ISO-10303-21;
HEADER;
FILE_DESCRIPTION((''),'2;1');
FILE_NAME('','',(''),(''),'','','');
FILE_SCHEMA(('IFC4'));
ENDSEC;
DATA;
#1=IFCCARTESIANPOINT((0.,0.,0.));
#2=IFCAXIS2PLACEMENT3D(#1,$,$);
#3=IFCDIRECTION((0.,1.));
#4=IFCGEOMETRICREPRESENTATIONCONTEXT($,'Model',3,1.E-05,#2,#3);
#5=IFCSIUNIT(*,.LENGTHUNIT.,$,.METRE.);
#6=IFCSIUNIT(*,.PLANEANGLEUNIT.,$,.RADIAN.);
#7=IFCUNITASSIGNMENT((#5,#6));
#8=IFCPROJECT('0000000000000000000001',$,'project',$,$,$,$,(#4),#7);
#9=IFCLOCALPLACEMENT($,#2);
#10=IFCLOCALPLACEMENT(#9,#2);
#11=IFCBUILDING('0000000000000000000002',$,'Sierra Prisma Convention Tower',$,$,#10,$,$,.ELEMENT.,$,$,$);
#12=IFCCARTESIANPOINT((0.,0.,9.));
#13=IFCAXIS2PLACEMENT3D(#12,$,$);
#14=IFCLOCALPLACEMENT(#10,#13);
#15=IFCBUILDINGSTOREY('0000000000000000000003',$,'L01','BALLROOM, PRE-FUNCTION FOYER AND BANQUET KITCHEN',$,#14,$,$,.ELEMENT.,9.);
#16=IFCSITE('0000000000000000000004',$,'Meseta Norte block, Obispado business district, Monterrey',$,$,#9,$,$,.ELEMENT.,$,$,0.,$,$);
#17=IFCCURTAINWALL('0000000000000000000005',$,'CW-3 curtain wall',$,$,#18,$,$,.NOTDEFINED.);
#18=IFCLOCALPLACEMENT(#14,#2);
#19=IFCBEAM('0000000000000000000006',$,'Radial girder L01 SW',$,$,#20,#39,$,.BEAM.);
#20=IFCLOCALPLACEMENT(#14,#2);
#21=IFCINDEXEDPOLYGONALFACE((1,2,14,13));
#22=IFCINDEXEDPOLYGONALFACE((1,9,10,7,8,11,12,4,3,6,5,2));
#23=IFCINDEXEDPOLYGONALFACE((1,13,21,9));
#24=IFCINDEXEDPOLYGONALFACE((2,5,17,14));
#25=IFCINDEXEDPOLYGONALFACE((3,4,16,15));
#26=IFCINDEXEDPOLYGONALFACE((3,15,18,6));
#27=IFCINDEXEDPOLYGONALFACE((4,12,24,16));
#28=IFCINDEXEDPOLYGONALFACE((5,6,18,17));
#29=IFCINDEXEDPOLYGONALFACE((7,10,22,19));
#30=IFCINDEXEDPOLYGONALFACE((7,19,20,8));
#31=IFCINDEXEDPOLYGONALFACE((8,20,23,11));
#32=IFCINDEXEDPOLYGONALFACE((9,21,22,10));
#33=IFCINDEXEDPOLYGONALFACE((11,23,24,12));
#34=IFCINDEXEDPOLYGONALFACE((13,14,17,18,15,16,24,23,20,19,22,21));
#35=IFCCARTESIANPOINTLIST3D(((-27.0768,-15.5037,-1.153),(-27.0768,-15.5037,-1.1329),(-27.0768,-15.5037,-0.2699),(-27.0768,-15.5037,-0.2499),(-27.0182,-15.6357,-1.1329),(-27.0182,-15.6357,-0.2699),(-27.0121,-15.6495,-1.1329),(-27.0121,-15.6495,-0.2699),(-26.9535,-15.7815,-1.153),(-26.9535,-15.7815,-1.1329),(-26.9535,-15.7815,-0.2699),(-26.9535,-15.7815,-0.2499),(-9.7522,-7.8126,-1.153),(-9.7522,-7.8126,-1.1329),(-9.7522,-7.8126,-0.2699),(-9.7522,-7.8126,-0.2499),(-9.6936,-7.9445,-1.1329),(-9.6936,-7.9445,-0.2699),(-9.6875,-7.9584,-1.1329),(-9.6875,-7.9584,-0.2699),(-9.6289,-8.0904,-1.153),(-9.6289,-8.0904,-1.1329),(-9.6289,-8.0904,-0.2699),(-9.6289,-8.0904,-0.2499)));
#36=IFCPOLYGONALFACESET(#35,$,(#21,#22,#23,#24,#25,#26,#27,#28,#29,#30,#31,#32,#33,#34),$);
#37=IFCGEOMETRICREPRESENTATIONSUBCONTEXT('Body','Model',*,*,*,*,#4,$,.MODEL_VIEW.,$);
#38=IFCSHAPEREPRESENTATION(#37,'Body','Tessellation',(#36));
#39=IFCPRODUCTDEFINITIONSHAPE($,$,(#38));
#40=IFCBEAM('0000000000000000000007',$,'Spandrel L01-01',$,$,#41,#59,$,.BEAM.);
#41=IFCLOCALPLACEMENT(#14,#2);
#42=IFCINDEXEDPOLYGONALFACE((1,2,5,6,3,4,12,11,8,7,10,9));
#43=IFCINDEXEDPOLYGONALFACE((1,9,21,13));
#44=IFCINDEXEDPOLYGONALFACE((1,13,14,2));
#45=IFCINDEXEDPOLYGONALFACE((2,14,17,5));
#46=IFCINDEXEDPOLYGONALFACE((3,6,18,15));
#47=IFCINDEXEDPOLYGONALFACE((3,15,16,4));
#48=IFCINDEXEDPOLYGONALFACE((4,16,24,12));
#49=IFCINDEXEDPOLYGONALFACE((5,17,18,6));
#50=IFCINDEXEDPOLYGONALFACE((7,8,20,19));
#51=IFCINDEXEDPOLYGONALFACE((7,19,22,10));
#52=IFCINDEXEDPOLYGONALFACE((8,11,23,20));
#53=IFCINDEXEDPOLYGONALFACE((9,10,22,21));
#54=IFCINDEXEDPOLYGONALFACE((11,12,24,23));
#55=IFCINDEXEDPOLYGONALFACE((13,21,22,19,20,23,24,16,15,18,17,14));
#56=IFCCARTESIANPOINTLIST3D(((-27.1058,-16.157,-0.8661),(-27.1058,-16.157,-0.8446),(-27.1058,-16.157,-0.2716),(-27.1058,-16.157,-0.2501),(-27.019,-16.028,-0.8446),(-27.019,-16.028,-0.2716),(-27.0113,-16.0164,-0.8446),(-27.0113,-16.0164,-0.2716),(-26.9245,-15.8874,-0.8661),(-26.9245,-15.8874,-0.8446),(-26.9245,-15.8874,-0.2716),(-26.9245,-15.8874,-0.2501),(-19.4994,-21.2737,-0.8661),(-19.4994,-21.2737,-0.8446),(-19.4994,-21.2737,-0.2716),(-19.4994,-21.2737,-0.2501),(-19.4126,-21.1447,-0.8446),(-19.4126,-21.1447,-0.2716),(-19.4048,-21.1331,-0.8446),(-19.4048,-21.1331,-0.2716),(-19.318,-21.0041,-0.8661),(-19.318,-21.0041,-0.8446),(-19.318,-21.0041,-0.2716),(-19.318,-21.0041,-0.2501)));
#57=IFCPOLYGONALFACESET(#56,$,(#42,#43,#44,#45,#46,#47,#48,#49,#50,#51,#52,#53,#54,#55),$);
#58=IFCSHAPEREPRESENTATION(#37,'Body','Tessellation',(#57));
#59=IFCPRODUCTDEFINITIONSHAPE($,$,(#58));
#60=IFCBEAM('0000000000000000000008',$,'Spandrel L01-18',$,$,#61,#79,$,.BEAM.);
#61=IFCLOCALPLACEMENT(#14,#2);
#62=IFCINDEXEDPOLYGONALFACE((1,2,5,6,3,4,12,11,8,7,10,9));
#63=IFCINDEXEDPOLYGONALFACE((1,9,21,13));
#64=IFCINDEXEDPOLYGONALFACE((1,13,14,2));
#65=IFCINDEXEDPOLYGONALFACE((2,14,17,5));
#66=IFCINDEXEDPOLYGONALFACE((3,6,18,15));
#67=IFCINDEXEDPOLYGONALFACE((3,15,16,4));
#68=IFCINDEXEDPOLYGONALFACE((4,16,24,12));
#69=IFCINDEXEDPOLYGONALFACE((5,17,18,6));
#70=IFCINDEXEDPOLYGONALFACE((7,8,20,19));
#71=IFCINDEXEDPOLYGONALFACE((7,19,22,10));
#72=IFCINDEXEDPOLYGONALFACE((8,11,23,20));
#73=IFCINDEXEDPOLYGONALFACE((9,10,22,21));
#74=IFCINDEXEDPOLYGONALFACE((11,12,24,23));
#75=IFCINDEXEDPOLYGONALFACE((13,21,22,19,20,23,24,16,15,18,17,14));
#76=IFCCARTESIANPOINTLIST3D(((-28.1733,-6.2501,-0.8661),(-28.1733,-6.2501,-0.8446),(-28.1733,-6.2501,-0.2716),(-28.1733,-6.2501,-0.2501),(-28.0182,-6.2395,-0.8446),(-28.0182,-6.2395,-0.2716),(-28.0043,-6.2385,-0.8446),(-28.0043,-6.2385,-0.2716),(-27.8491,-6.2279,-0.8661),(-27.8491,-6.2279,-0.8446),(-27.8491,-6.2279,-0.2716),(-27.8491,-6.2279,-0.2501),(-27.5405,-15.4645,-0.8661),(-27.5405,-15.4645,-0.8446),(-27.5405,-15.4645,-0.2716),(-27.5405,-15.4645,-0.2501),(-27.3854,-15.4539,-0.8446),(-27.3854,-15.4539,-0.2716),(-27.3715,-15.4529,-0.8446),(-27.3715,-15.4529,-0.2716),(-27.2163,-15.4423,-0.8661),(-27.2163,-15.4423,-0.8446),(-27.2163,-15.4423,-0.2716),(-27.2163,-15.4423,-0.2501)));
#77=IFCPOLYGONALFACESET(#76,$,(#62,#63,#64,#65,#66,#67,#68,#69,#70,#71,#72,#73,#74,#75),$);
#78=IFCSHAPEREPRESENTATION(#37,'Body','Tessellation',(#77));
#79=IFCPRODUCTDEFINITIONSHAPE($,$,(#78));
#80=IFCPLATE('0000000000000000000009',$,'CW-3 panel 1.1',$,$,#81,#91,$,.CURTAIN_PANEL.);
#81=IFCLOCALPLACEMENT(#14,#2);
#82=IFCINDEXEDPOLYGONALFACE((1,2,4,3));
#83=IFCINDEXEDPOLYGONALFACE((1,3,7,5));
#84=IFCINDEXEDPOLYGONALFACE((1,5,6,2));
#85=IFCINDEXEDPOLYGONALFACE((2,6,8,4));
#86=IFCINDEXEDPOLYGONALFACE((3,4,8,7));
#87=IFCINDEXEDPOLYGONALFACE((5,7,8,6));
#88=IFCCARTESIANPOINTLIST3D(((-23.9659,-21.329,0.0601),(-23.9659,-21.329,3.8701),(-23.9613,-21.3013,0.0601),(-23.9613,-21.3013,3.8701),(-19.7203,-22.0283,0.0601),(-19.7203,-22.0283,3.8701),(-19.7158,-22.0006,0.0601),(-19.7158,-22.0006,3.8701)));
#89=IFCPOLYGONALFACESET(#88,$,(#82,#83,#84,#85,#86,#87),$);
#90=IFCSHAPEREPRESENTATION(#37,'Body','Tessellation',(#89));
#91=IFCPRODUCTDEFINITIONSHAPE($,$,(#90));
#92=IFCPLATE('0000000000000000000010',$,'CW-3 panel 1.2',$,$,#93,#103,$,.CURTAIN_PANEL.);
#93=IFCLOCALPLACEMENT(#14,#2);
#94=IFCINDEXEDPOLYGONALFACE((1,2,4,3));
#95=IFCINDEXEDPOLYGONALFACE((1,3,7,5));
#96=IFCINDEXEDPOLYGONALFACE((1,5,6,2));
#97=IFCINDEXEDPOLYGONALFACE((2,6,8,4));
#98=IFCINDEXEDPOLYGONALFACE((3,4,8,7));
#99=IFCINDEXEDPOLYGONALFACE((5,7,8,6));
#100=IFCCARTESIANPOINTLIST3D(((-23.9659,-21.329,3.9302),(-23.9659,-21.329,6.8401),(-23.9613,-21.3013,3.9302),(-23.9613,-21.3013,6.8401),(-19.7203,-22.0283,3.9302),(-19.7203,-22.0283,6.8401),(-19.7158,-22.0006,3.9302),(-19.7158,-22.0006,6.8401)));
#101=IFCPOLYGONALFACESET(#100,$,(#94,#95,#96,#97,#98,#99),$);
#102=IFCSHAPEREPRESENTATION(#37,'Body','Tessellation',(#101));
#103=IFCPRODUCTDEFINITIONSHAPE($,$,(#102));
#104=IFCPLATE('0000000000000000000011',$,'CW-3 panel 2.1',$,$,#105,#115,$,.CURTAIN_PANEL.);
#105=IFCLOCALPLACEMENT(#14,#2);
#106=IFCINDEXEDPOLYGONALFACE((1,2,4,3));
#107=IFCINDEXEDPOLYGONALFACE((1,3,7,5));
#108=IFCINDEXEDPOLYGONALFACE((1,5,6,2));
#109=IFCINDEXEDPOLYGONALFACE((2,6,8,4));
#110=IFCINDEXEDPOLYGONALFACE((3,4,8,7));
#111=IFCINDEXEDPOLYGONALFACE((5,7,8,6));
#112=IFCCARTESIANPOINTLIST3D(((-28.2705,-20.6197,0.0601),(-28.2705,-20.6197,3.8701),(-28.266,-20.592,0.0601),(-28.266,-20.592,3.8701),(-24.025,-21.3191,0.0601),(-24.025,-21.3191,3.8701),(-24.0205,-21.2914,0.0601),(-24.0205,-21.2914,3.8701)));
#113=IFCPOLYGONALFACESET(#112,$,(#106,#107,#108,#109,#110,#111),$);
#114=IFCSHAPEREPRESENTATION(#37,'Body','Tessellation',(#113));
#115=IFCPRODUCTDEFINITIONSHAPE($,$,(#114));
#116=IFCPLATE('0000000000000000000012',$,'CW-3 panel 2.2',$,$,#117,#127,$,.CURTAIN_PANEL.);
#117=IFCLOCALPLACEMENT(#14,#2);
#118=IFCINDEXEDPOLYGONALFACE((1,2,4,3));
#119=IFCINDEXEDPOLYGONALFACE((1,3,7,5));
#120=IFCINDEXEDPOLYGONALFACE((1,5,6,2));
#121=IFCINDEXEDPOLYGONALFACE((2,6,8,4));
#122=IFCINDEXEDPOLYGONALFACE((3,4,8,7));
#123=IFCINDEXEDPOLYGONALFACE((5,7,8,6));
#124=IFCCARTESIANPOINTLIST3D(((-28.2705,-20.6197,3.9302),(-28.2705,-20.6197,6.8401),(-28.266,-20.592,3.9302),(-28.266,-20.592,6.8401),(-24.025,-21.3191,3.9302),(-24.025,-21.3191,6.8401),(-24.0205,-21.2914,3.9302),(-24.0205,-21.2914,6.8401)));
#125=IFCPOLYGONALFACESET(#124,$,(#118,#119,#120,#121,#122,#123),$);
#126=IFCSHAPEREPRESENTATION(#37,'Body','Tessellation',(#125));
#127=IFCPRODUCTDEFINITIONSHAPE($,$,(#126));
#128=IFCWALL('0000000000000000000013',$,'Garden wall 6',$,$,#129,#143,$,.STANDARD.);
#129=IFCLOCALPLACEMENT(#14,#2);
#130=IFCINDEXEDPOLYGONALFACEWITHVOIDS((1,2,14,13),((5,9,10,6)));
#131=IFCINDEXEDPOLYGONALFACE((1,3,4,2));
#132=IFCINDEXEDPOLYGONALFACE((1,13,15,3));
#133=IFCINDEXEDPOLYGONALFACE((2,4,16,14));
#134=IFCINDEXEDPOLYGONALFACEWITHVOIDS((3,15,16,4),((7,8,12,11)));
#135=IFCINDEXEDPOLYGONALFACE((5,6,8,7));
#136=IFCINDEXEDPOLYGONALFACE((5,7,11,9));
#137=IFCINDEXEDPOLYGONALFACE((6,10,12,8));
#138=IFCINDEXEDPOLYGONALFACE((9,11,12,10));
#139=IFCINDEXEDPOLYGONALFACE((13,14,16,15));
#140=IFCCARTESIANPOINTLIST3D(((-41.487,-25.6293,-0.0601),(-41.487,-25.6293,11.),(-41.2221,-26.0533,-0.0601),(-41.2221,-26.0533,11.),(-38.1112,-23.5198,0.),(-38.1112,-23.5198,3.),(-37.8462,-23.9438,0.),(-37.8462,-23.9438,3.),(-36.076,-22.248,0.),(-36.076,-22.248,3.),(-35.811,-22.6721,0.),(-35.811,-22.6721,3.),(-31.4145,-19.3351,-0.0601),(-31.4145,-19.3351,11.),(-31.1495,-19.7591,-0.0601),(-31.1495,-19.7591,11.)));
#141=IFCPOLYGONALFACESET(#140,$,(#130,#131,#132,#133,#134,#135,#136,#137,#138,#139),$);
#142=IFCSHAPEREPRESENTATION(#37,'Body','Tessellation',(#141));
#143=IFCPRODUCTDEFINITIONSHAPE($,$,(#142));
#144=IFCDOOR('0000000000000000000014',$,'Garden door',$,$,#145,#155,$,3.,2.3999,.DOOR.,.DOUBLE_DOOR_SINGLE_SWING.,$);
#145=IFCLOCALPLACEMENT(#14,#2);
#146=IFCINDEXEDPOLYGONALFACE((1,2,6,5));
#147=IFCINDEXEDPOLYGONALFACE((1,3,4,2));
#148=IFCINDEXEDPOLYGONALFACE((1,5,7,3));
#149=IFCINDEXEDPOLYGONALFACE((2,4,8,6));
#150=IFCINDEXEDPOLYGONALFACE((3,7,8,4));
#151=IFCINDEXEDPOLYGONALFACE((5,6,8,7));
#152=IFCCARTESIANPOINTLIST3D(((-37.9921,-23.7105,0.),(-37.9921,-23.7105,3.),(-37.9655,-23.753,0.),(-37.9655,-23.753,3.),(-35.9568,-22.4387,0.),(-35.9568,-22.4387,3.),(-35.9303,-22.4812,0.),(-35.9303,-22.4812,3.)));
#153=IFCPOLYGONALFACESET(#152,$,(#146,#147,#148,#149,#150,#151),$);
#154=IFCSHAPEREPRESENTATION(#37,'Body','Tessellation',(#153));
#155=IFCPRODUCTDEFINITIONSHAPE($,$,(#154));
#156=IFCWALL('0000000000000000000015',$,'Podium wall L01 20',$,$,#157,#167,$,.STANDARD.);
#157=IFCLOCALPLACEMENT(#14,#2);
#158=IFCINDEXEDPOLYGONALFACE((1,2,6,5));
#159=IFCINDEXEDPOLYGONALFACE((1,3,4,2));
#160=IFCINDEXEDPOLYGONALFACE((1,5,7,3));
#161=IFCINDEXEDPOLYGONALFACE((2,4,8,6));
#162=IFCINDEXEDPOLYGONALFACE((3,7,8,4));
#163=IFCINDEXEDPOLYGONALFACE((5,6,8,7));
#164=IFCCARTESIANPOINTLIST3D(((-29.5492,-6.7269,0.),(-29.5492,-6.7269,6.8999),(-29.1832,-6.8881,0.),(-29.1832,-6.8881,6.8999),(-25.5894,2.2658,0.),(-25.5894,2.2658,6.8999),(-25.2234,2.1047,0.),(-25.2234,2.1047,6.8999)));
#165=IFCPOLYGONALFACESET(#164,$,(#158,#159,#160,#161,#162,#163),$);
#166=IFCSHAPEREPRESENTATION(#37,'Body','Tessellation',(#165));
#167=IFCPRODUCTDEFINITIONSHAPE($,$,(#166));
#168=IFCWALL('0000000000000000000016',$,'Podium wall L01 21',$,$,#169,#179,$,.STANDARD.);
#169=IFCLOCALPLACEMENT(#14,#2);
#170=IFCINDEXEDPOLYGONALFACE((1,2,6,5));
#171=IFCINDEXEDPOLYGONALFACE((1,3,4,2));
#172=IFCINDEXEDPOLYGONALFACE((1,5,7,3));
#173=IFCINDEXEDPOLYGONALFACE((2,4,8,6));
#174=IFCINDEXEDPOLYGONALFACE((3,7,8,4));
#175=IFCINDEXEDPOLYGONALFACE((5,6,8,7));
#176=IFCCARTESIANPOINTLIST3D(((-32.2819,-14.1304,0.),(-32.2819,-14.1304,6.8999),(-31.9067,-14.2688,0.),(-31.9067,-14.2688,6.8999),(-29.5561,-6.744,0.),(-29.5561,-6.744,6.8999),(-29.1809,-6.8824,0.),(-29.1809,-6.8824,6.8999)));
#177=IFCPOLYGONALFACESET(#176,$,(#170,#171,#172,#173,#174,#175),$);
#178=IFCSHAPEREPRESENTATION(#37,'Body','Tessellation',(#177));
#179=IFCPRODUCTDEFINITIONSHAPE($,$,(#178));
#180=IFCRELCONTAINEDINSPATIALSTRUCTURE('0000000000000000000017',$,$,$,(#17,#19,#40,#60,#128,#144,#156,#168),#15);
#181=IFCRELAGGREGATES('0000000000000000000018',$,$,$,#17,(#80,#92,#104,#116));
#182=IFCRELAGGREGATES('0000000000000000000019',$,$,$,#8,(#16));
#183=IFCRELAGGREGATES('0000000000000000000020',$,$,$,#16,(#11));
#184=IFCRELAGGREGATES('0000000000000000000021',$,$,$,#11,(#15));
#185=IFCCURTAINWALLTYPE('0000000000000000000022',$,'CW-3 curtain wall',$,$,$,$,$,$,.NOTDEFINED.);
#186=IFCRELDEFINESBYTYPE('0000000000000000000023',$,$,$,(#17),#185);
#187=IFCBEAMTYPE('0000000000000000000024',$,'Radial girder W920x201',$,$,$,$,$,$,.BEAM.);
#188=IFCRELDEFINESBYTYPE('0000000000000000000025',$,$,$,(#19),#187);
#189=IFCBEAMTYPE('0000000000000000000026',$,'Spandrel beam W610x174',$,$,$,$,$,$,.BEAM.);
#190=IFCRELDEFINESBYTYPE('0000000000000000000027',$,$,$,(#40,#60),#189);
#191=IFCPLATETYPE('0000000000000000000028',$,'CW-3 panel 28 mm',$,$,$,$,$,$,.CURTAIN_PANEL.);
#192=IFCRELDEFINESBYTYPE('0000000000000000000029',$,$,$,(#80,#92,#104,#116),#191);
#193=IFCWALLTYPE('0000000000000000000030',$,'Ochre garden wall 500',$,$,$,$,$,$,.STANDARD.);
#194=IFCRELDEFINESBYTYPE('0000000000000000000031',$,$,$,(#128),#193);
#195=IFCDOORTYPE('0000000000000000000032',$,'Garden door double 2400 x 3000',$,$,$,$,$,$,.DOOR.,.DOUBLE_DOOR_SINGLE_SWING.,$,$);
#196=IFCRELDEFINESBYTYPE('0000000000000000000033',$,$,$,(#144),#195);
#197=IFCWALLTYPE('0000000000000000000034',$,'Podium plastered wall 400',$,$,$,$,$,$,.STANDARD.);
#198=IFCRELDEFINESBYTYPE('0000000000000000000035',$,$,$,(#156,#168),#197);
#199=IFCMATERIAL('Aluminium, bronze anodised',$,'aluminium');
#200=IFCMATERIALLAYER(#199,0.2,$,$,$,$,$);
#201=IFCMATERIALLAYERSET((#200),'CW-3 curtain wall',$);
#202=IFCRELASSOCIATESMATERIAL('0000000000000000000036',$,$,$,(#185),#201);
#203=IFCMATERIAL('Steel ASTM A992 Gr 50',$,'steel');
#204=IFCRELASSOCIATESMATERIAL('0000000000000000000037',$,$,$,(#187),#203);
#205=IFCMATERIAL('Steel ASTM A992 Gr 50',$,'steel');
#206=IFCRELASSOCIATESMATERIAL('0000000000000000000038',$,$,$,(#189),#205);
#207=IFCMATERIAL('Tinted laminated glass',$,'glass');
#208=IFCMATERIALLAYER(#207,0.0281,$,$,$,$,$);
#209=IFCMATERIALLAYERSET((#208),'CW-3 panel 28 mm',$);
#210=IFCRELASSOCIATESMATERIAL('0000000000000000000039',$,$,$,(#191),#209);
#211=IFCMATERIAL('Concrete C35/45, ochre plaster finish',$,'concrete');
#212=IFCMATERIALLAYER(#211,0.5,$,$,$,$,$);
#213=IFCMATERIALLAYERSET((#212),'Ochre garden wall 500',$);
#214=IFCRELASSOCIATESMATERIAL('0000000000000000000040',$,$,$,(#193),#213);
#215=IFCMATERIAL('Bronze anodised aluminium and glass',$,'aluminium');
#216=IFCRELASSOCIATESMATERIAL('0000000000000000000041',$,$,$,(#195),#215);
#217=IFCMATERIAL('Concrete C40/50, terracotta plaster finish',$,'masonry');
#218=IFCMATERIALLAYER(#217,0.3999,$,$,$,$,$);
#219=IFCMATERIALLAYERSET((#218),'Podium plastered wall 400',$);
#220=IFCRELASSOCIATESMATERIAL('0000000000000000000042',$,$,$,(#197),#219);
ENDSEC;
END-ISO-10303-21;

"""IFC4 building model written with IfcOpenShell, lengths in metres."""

from ifc_helpers import new_model, si_unit, direction, frame, frame_2d, origin, origin_2d, place, context, subcontext, project, spatial, rectangle, i_section, extrude, material, layer, layer_set, material_profile, profile_set, type_object, element, fill, aggregate, save


model = new_model("IFC4")

# Units and contexts
model_context = context("Model", 3, precision=1e-05, world=origin(), true_north=direction((0.0, 1.0)))
body_context = subcontext(model_context, "Body", "Model", "MODEL_VIEW")
ifc_project = project(units=[si_unit("LENGTHUNIT", "METRE"), si_unit("PLANEANGLEUNIT", "RADIAN")], contexts=[model_context])

# Site, building, storey
site_placement = place(None, origin())
site = spatial("IfcSite", under=ifc_project, at=site_placement, Name="Meseta Norte block, Obispado business district, Monterrey", CompositionType="ELEMENT", RefElevation=0.0)
building_placement = place(site_placement, origin())
building = spatial("IfcBuilding", under=site, at=building_placement, Name="Sierra Prisma Convention Tower", CompositionType="ELEMENT")
storey_placement = place(building_placement, frame((0.0, 0.0, 9.0)))
storey = spatial("IfcBuildingStorey", under=building, at=storey_placement, Name="L01", Description="BALLROOM, PRE-FUNCTION FOYER AND BANQUET KITCHEN", CompositionType="ELEMENT", Elevation=9.0)

# Curtain wall
ifc_material_1 = material(Name="Aluminium, bronze anodised", Category="aluminium")
ifc_layer_1 = layer(ifc_material_1, 0.2)
ifc_layer_set_1 = layer_set([ifc_layer_1], Name="CW-3 curtain wall")
curtain_wall_type = type_object("IfcCurtainWallType", Name="CW-3 curtain wall", PredefinedType="NOTDEFINED", material=ifc_layer_set_1)
curtain_wall_placement = place(storey_placement, origin())
curtain_wall = element("IfcCurtainWall", 1, at=curtain_wall_placement, inside=storey, type_object=curtain_wall_type, Name="CW-3 curtain wall", PredefinedType="NOTDEFINED")

# Beams
ifc_material_2 = material(Name="Steel ASTM A992 Gr 50", Category="steel")
ifc_material_profile_1 = material_profile(ifc_material_2, i_section(OverallWidth=0.304, OverallDepth=0.9031, WebThickness=0.0151, FlangeThickness=0.02, at=origin_2d()), Name="W920x201")
ifc_profile_set_1 = profile_set([ifc_material_profile_1], Name="Steel ASTM A992 Gr 50")
beam_type_1 = type_object("IfcBeamType", Name="Radial girder W920x201", PredefinedType="BEAM", material=ifc_profile_set_1)
beam_1_placement = place(storey_placement, frame((-27.0151, -15.6426, -0.7014), z_axis=(0.913982, 0.405755, 0.0), x_axis=(-0.405755, 0.913982, 0.0)))
element("IfcBeam", 2, at=beam_1_placement, inside=storey, type_object=beam_type_1, Name="Radial girder L01 SW", PredefinedType="BEAM", context=body_context, shape_type="SweptSolid", body=[
    extrude(i_section(OverallWidth=0.304, OverallDepth=0.9031, WebThickness=0.0151, FlangeThickness=0.02, at=origin_2d()), origin(), (0.0, 0.0, 1.0), 18.9551),
])
ifc_material_3 = material(Name="Steel ASTM A992 Gr 50", Category="steel")
ifc_material_profile_2 = material_profile(ifc_material_3, i_section(OverallWidth=0.325, OverallDepth=0.616, WebThickness=0.0139, FlangeThickness=0.0215, at=origin_2d()), Name="W610x174")
ifc_profile_set_2 = profile_set([ifc_material_profile_2], Name="Steel ASTM A992 Gr 50")
beam_type_2 = type_object("IfcBeamType", Name="Spandrel beam W610x174", PredefinedType="BEAM", material=ifc_profile_set_2)
beam_2_placement = place(storey_placement, frame((-27.0151, -16.0222, -0.5581), z_axis=(0.82974, -0.558149, 0.0), x_axis=(0.558149, 0.82974, 0.0)))
element("IfcBeam", 3, at=beam_2_placement, inside=storey, type_object=beam_type_2, Name="Spandrel L01-01", PredefinedType="BEAM", context=body_context, shape_type="SweptSolid", body=[
    extrude(i_section(OverallWidth=0.325, OverallDepth=0.616, WebThickness=0.0139, FlangeThickness=0.0215, at=origin_2d()), origin(), (0.0, 0.0, 1.0), 9.1672),
])
beam_3_placement = place(storey_placement, frame((-28.0112, -6.239, -0.5581), z_axis=(0.068515, -0.99765, 0.0), x_axis=(0.99765, 0.068515, 0.0)))
element("IfcBeam", 4, at=beam_3_placement, inside=storey, type_object=beam_type_2, Name="Spandrel L01-18", PredefinedType="BEAM", context=body_context, shape_type="SweptSolid", body=[
    extrude(i_section(OverallWidth=0.325, OverallDepth=0.616, WebThickness=0.0139, FlangeThickness=0.0215, at=origin_2d()), origin(), (0.0, 0.0, 1.0), 9.2361),
])

# Plates
ifc_material_4 = material(Name="Tinted laminated glass", Category="glass")
ifc_layer_2 = layer(ifc_material_4, 0.0281)
ifc_layer_set_2 = layer_set([ifc_layer_2], Name="CW-3 panel 28 mm")
plate_type = type_object("IfcPlateType", Name="CW-3 panel 28 mm", PredefinedType="CURTAIN_PANEL", material=ifc_layer_set_2)
plate_1_placement = place(storey_placement, frame((-21.8408, -21.6648, 0.0601), z_axis=(0.0, 0.0, 1.0), x_axis=(-0.986702, 0.162542, 0.0)))
plate_1 = element("IfcPlate", 5, at=plate_1_placement, type_object=plate_type, Name="CW-3 panel 1.1", PredefinedType="CURTAIN_PANEL", context=body_context, shape_type="SweptSolid", body=[
    extrude(rectangle(XDim=4.3027, YDim=0.0281, at=origin_2d()), origin(), (0.0, 0.0, 1.0), 3.8101),
])
plate_2_placement = place(storey_placement, frame((-21.8408, -21.6648, 3.9302), z_axis=(0.0, 0.0, 1.0), x_axis=(-0.986702, 0.162542, 0.0)))
plate_2 = element("IfcPlate", 6, at=plate_2_placement, type_object=plate_type, Name="CW-3 panel 1.2", PredefinedType="CURTAIN_PANEL", context=body_context, shape_type="SweptSolid", body=[
    extrude(rectangle(XDim=4.3027, YDim=0.0281, at=origin_2d()), origin(), (0.0, 0.0, 1.0), 2.9099),
])
plate_3_placement = place(storey_placement, frame((-26.1455, -20.9556, 0.0601), z_axis=(0.0, 0.0, 1.0), x_axis=(-0.986702, 0.162542, 0.0)))
plate_3 = element("IfcPlate", 7, at=plate_3_placement, type_object=plate_type, Name="CW-3 panel 2.1", PredefinedType="CURTAIN_PANEL", context=body_context, shape_type="SweptSolid", body=[
    extrude(rectangle(XDim=4.3027, YDim=0.0281, at=origin_2d()), origin(), (0.0, 0.0, 1.0), 3.8101),
])
plate_4_placement = place(storey_placement, frame((-26.1455, -20.9556, 3.9302), z_axis=(0.0, 0.0, 1.0), x_axis=(-0.986702, 0.162542, 0.0)))
plate_4 = element("IfcPlate", 8, at=plate_4_placement, type_object=plate_type, Name="CW-3 panel 2.2", PredefinedType="CURTAIN_PANEL", context=body_context, shape_type="SweptSolid", body=[
    extrude(rectangle(XDim=4.3027, YDim=0.0281, at=origin_2d()), origin(), (0.0, 0.0, 1.0), 2.9099),
])
aggregate(curtain_wall, [plate_1, plate_2, plate_3, plate_4])

# Wall, opening, door
ifc_material_5 = material(Name="Concrete C35/45, ochre plaster finish", Category="concrete")
ifc_layer_3 = layer(ifc_material_5, 0.5)
ifc_layer_set_3 = layer_set([ifc_layer_3], Name="Ochre garden wall 500")
wall_type_1 = type_object("IfcWallType", Name="Ochre garden wall 500", PredefinedType="STANDARD", material=ifc_layer_set_3)
wall_1_placement = place(storey_placement, frame((-31.282, -19.5471, -0.0601), z_axis=(0.0, 0.0, 1.0), x_axis=(-0.848041, -0.529931, 0.0)))
wall_1 = element("IfcWall", 9, at=wall_1_placement, inside=storey, type_object=wall_type_1, Name="Garden wall 6", PredefinedType="STANDARD", context=body_context, shape_type="SweptSolid", body=[
    extrude(rectangle(XDim=11.8774, YDim=0.5, at=frame_2d((5.9387, 0.0))), origin(), (0.0, 0.0, 1.0), 11.0601),
])
opening_1_placement = place(wall_1_placement, frame((5.4968, 0.0, 0.0601)))
opening_1 = element("IfcOpeningElement", 10, at=opening_1_placement, cuts=wall_1, PredefinedType="OPENING", context=body_context, shape_type="SweptSolid", body=[
    extrude(rectangle(XDim=2.3999, YDim=3.0, at=frame_2d((1.2, 1.5))), frame((0.0, 0.25, 0.0), z_axis=(0.0, -1.0, 0.0), x_axis=(1.0, 0.0, 0.0)), (0.0, 0.0, 1.0), 0.5),
])
ifc_material_6 = material(Name="Bronze anodised aluminium and glass", Category="aluminium")
door_type_1 = type_object("IfcDoorType", Name="Garden door double 2400 x 3000", OperationType="DOUBLE_DOOR_SINGLE_SWING", PredefinedType="DOOR", material=ifc_material_6)
door_1_placement = place(opening_1_placement, origin())
door_1 = element("IfcDoor", 11, at=door_1_placement, inside=storey, type_object=door_type_1, Name="Garden door", OperationType="DOUBLE_DOOR_SINGLE_SWING", OverallHeight=3.0, OverallWidth=2.3999, PredefinedType="DOOR", context=body_context, shape_type="SweptSolid", body=[
    extrude(rectangle(XDim=2.3999, YDim=3.0, at=frame_2d((1.2, 1.5))), frame((0.0, 0.0249, 0.0), z_axis=(0.0, -1.0, 0.0), x_axis=(1.0, 0.0, 0.0)), (0.0, 0.0, 1.0), 0.05),
])
fill(opening_1, door_1)

# Walls
ifc_material_7 = material(Name="Concrete C40/50, terracotta plaster finish", Category="masonry")
ifc_layer_4 = layer(ifc_material_7, 0.3999)
ifc_layer_set_4 = layer_set([ifc_layer_4], Name="Podium plastered wall 400")
wall_type_2 = type_object("IfcWallType", Name="Podium plastered wall 400", PredefinedType="STANDARD", material=ifc_layer_set_4)
wall_2_placement = place(storey_placement, frame((-29.3662, -6.8076, 0.0), z_axis=(0.0, 0.0, 1.0), x_axis=(0.402989, 0.915205, 0.0)))
element("IfcWall", 12, at=wall_2_placement, inside=storey, type_object=wall_type_2, Name="Podium wall L01 20", PredefinedType="STANDARD", context=body_context, shape_type="SweptSolid", body=[
    extrude(rectangle(XDim=9.8259, YDim=0.3999, at=frame_2d((4.9131, 0.0))), origin(), (0.0, 0.0, 1.0), 6.8999),
])
wall_3_placement = place(storey_placement, frame((-32.0942, -14.1995, 0.0), z_axis=(0.0, 0.0, 1.0), x_axis=(0.346208, 0.938158, 0.0)))
element("IfcWall", 13, at=wall_3_placement, inside=storey, type_object=wall_type_2, Name="Podium wall L01 21", PredefinedType="STANDARD", context=body_context, shape_type="SweptSolid", body=[
    extrude(rectangle(XDim=7.8733, YDim=0.3999, at=frame_2d((3.9365, 0.0))), origin(), (0.0, 0.0, 1.0), 6.8999),
])

save(model, "model.ifc")
